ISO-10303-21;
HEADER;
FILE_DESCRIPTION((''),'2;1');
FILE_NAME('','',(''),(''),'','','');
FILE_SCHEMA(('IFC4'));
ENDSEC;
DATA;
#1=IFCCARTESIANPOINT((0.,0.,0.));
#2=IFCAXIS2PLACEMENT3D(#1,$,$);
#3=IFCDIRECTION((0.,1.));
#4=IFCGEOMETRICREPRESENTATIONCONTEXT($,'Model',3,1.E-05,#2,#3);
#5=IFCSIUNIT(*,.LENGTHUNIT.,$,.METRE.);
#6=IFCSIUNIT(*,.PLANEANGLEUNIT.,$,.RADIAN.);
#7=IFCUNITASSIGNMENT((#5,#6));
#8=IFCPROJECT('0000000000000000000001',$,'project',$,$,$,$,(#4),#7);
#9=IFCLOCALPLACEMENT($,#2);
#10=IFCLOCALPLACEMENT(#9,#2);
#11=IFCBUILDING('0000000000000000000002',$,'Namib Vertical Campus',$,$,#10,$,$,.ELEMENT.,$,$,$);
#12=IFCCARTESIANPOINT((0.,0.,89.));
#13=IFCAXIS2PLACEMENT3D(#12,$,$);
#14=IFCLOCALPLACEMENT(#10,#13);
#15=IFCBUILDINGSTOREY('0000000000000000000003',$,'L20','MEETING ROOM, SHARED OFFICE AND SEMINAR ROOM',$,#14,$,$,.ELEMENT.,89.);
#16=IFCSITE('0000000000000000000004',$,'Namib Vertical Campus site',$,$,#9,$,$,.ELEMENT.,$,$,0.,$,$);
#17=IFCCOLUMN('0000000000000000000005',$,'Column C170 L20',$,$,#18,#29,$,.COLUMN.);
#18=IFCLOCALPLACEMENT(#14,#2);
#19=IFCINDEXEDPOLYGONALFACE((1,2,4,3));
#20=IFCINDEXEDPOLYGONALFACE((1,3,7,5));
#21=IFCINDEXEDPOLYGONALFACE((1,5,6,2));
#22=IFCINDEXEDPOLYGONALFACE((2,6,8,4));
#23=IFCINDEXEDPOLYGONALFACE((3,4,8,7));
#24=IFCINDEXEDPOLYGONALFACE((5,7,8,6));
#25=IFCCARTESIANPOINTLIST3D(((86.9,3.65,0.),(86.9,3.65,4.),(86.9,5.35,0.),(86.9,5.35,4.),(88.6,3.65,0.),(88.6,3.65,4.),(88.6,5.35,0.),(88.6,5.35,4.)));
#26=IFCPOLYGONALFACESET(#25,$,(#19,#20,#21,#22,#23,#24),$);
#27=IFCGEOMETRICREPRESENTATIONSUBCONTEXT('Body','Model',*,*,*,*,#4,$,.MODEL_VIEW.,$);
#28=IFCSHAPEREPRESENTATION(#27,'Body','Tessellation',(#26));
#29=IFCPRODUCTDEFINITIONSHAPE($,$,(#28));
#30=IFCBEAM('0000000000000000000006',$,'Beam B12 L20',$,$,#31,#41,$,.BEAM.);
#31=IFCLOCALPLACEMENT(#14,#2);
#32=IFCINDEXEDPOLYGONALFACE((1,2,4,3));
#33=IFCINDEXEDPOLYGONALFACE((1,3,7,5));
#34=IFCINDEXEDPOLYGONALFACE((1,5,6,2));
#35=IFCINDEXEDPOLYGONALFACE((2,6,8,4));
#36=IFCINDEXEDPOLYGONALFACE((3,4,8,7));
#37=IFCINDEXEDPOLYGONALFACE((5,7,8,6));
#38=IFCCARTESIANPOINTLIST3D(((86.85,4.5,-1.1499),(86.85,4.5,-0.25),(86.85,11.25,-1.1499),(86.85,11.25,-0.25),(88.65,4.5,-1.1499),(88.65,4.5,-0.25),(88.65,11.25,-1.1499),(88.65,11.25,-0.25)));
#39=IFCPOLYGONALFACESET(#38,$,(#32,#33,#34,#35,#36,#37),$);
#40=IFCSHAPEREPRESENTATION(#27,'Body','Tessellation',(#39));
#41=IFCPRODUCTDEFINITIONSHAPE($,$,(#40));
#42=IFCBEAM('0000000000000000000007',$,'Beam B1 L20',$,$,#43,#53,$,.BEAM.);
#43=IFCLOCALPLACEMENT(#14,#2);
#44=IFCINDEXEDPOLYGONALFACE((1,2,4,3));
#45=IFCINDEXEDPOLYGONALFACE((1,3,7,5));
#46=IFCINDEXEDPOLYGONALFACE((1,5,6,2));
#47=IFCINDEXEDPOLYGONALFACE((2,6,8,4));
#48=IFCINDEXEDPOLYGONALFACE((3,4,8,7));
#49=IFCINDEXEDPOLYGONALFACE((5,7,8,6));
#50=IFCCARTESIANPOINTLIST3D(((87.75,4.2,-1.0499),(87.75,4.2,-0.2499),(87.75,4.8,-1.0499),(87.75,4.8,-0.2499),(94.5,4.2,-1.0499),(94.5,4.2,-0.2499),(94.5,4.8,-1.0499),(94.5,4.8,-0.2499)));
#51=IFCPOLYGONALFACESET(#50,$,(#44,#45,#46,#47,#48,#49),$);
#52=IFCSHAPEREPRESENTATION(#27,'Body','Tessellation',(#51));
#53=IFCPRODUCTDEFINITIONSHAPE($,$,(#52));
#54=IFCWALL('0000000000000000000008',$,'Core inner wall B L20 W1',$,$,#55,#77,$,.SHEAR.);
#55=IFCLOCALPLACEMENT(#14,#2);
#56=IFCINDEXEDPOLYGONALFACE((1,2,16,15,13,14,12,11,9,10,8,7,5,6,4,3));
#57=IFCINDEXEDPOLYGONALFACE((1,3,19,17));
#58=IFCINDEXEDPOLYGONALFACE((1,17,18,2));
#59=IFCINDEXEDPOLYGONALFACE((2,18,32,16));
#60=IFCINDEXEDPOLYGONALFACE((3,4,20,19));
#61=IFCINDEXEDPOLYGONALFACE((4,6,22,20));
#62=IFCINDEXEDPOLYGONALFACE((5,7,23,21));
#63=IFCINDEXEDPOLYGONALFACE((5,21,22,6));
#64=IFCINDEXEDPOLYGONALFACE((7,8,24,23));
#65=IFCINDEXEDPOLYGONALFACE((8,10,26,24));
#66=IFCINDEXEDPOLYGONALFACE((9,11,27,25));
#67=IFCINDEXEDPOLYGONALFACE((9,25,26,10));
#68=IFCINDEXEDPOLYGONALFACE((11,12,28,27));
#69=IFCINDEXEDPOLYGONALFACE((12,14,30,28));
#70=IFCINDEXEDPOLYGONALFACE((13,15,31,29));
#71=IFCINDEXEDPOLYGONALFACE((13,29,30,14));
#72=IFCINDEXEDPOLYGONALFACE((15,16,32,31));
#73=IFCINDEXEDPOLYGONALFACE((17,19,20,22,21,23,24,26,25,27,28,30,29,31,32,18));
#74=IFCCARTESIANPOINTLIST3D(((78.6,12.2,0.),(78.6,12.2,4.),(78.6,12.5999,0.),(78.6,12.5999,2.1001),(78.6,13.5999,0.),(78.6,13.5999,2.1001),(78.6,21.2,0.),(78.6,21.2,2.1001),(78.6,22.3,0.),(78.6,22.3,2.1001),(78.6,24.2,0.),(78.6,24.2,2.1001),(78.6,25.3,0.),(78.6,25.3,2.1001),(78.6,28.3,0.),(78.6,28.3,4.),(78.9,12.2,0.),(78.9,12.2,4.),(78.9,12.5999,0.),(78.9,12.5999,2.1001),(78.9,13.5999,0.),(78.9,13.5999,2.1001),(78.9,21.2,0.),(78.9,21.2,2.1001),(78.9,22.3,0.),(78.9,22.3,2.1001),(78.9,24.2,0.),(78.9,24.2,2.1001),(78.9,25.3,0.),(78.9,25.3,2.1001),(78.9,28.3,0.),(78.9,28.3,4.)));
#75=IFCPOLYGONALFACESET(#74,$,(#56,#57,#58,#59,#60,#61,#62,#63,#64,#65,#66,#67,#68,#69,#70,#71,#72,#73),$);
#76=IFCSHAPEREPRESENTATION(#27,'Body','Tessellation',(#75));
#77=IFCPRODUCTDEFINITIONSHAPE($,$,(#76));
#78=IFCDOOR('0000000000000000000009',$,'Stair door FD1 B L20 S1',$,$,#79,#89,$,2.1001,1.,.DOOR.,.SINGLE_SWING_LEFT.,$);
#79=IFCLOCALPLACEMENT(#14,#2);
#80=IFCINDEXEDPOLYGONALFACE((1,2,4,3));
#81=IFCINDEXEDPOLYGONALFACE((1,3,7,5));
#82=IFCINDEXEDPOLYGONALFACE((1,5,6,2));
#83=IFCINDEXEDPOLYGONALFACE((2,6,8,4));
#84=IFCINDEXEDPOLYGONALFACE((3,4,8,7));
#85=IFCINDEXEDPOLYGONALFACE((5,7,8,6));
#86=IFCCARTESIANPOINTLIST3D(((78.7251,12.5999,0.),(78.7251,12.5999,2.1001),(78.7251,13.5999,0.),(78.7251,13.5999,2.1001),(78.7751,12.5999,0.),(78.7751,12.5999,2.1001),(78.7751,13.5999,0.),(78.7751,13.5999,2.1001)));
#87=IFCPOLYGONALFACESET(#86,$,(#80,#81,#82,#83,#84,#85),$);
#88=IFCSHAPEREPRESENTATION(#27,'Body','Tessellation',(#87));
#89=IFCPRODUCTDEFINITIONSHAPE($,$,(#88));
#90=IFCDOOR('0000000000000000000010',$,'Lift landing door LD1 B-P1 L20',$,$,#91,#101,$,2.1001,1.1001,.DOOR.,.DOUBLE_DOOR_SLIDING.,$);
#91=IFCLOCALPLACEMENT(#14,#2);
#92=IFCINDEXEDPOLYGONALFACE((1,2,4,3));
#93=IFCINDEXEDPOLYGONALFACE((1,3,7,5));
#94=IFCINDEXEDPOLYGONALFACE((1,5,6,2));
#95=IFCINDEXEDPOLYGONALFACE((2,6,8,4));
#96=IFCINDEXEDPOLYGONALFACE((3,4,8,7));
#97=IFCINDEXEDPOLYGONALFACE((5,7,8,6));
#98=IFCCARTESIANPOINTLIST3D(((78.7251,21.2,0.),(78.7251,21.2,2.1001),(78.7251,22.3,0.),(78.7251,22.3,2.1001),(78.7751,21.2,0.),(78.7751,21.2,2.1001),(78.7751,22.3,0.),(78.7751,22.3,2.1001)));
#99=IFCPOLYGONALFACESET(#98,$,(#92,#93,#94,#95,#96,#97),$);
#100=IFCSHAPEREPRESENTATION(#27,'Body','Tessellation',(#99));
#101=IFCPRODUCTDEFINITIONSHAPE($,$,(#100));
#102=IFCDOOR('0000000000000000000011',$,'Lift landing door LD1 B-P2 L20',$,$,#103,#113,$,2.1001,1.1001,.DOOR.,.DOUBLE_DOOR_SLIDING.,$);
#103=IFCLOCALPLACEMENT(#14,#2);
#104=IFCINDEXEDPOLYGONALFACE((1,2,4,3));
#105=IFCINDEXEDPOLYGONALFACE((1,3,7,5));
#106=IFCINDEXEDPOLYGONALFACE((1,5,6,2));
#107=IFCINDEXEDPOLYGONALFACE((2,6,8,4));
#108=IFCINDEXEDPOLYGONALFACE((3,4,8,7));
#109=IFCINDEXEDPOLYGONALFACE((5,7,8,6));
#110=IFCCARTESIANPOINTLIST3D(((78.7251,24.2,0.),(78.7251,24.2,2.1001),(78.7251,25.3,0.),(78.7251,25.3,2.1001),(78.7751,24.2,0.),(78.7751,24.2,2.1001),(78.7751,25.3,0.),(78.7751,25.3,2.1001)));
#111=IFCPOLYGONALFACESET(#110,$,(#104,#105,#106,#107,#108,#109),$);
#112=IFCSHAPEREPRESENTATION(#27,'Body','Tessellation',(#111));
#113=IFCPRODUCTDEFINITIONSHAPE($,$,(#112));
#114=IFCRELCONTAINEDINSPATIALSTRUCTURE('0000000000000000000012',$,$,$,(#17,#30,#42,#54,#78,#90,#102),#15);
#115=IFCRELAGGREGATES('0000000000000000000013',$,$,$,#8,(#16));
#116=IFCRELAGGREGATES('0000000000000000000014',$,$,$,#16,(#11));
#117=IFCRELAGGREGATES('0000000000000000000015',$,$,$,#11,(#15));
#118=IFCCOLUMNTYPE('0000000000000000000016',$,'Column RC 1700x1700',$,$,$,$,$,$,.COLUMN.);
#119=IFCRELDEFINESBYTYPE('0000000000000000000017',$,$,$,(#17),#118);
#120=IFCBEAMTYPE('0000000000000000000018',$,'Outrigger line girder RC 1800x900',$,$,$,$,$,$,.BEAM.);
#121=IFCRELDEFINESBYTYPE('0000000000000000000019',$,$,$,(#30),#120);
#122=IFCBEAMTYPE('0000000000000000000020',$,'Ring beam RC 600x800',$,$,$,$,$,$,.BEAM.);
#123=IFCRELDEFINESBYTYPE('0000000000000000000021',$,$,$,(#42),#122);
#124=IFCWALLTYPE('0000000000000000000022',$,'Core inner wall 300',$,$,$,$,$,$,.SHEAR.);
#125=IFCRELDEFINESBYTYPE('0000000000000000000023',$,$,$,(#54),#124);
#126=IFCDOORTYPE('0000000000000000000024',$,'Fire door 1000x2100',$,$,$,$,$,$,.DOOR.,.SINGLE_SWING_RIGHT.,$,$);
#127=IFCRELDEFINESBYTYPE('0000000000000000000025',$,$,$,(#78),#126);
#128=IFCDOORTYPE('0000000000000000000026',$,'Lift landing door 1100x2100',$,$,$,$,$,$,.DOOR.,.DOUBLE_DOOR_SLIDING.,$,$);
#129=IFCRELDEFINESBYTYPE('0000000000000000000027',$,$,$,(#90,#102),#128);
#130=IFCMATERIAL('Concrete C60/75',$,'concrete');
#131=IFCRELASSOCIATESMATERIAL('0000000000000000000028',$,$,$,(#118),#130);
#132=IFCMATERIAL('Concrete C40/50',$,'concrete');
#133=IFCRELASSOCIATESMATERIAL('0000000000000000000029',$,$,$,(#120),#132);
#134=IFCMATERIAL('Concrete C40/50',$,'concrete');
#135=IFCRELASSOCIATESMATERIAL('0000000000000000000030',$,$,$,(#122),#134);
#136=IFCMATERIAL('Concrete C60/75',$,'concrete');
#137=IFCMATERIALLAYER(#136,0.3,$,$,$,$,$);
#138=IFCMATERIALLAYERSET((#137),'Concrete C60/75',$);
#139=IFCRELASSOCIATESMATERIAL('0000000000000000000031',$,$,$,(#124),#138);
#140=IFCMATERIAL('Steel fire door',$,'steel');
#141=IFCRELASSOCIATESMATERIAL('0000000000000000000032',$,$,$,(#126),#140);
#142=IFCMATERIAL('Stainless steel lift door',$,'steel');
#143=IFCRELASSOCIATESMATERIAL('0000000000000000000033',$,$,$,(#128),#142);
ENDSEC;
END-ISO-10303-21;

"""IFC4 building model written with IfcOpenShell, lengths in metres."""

from ifc_helpers import new_model, si_unit, direction, frame, frame_2d, origin, origin_2d, place, context, subcontext, project, spatial, rectangle, extrude, material, layer, layer_set, material_profile, profile_set, type_object, element, fill, save


model = new_model("IFC4")

# Units and contexts
model_context = context("Model", 3, precision=1e-05, world=origin(), true_north=direction((0.0, 1.0)))
body_context = subcontext(model_context, "Body", "Model", "MODEL_VIEW")
ifc_project = project(units=[si_unit("LENGTHUNIT", "METRE"), si_unit("PLANEANGLEUNIT", "RADIAN")], contexts=[model_context])

# Site, building, storey
site_placement = place(None, origin())
site = spatial("IfcSite", under=ifc_project, at=site_placement, Name="Namib Vertical Campus site", CompositionType="ELEMENT", RefElevation=0.0)
building_placement = place(site_placement, origin())
building = spatial("IfcBuilding", under=site, at=building_placement, Name="Namib Vertical Campus", CompositionType="ELEMENT")
storey_placement = place(building_placement, frame((0.0, 0.0, 89.0)))
storey = spatial("IfcBuildingStorey", under=building, at=storey_placement, Name="L20", Description="MEETING ROOM, SHARED OFFICE AND SEMINAR ROOM", CompositionType="ELEMENT", Elevation=89.0)

# Column
ifc_material_1 = material(Name="Concrete C60/75", Category="concrete")
ifc_material_profile_1 = material_profile(ifc_material_1, rectangle(XDim=1.7, YDim=1.7, at=origin_2d()))
ifc_profile_set_1 = profile_set([ifc_material_profile_1], Name="Concrete C60/75")
column_type = type_object("IfcColumnType", Name="Column RC 1700x1700", PredefinedType="COLUMN", material=ifc_profile_set_1)
column_placement = place(storey_placement, frame((87.75, 4.5, 0.0), z_axis=(0.0, 0.0, 1.0), x_axis=(1.0, 0.0, 0.0)))
element("IfcColumn", 1, at=column_placement, inside=storey, type_object=column_type, Name="Column C170 L20", PredefinedType="COLUMN", context=body_context, shape_type="SweptSolid", body=[
    extrude(rectangle(XDim=1.7, YDim=1.7, at=origin_2d()), origin(), (0.0, 0.0, 1.0), 4.0),
])

# Beams
ifc_material_2 = material(Name="Concrete C40/50", Category="concrete")
ifc_material_profile_2 = material_profile(ifc_material_2, rectangle(XDim=1.8, YDim=0.8999, at=origin_2d()))
ifc_profile_set_2 = profile_set([ifc_material_profile_2], Name="Concrete C40/50")
beam_type_1 = type_object("IfcBeamType", Name="Outrigger line girder RC 1800x900", PredefinedType="BEAM", material=ifc_profile_set_2)
beam_1_placement = place(storey_placement, frame((87.75, 4.5, -0.7), z_axis=(0.0, 1.0, 0.0), x_axis=(-1.0, 0.0, 0.0)))
element("IfcBeam", 2, at=beam_1_placement, inside=storey, type_object=beam_type_1, Name="Beam B12 L20", PredefinedType="BEAM", context=body_context, shape_type="SweptSolid", body=[
    extrude(rectangle(XDim=1.8, YDim=0.8999, at=origin_2d()), origin(), (0.0, 0.0, 1.0), 6.75),
])
ifc_material_3 = material(Name="Concrete C40/50", Category="concrete")
ifc_material_profile_3 = material_profile(ifc_material_3, rectangle(XDim=0.6001, YDim=0.8, at=origin_2d()))
ifc_profile_set_3 = profile_set([ifc_material_profile_3], Name="Concrete C40/50")
beam_type_2 = type_object("IfcBeamType", Name="Ring beam RC 600x800", PredefinedType="BEAM", material=ifc_profile_set_3)
beam_2_placement = place(storey_placement, frame((87.75, 4.5, -0.6499), z_axis=(1.0, 0.0, 0.0), x_axis=(0.0, 1.0, 0.0)))
element("IfcBeam", 3, at=beam_2_placement, inside=storey, type_object=beam_type_2, Name="Beam B1 L20", PredefinedType="BEAM", context=body_context, shape_type="SweptSolid", body=[
    extrude(rectangle(XDim=0.6001, YDim=0.8, at=origin_2d()), origin(), (0.0, 0.0, 1.0), 6.75),
])

# Wall, openings, doors
ifc_material_4 = material(Name="Concrete C60/75", Category="concrete")
ifc_layer_1 = layer(ifc_material_4, 0.3)
ifc_layer_set_1 = layer_set([ifc_layer_1], Name="Concrete C60/75")
wall_type_1 = type_object("IfcWallType", Name="Core inner wall 300", PredefinedType="SHEAR", material=ifc_layer_set_1)
wall_1_placement = place(storey_placement, frame((78.75, 12.2, 0.0), z_axis=(0.0, 0.0, 1.0), x_axis=(0.0, 1.0, 0.0)))
wall_1 = element("IfcWall", 4, at=wall_1_placement, inside=storey, type_object=wall_type_1, Name="Core inner wall B L20 W1", PredefinedType="SHEAR", context=body_context, shape_type="SweptSolid", body=[
    extrude(rectangle(XDim=16.1001, YDim=0.3, at=frame_2d((8.05, 0.0))), origin(), (0.0, 0.0, 1.0), 4.0),
])
opening_1_placement = place(wall_1_placement, frame((0.3999, 0.0, 0.0)))
opening_1 = element("IfcOpeningElement", 5, at=opening_1_placement, cuts=wall_1, PredefinedType="OPENING", context=body_context, shape_type="SweptSolid", body=[
    extrude(rectangle(XDim=1.0, YDim=2.1001, at=frame_2d((0.5, 1.05))), frame((0.0, 0.1599, 0.0), z_axis=(0.0, -1.0, 0.0), x_axis=(1.0, 0.0, 0.0)), (0.0, 0.0, 1.0), 0.3201),
])
opening_2_placement = place(wall_1_placement, frame((9.0, 0.0, 0.0)))
opening_2 = element("IfcOpeningElement", 6, at=opening_2_placement, cuts=wall_1, PredefinedType="OPENING", context=body_context, shape_type="SweptSolid", body=[
    extrude(rectangle(XDim=1.1001, YDim=2.1001, at=frame_2d((0.55, 1.05))), frame((0.0, 0.1599, 0.0), z_axis=(0.0, -1.0, 0.0), x_axis=(1.0, 0.0, 0.0)), (0.0, 0.0, 1.0), 0.3201),
])
opening_3_placement = place(wall_1_placement, frame((12.0, 0.0, 0.0)))
opening_3 = element("IfcOpeningElement", 7, at=opening_3_placement, cuts=wall_1, PredefinedType="OPENING", context=body_context, shape_type="SweptSolid", body=[
    extrude(rectangle(XDim=1.1001, YDim=2.1001, at=frame_2d((0.55, 1.05))), frame((0.0, 0.1599, 0.0), z_axis=(0.0, -1.0, 0.0), x_axis=(1.0, 0.0, 0.0)), (0.0, 0.0, 1.0), 0.3201),
])
ifc_material_5 = material(Name="Steel fire door", Category="steel")
door_type_1 = type_object("IfcDoorType", Name="Fire door 1000x2100", OperationType="SINGLE_SWING_RIGHT", PredefinedType="DOOR", material=ifc_material_5)
door_1_placement = place(opening_1_placement, origin())
door_1 = element("IfcDoor", 8, at=door_1_placement, inside=storey, type_object=door_type_1, Name="Stair door FD1 B L20 S1", OperationType="SINGLE_SWING_LEFT", OverallHeight=2.1001, OverallWidth=1.0, PredefinedType="DOOR", context=body_context, shape_type="SweptSolid", body=[
    extrude(rectangle(XDim=1.0, YDim=2.1001, at=frame_2d((0.5, 1.05))), frame((0.0, 0.0249, 0.0), z_axis=(0.0, -1.0, 0.0), x_axis=(1.0, 0.0, 0.0)), (0.0, 0.0, 1.0), 0.05),
])
fill(opening_1, door_1)
ifc_material_6 = material(Name="Stainless steel lift door", Category="steel")
door_type_2 = type_object("IfcDoorType", Name="Lift landing door 1100x2100", OperationType="DOUBLE_DOOR_SLIDING", PredefinedType="DOOR", material=ifc_material_6)
door_2_placement = place(opening_2_placement, origin())
door_2 = element("IfcDoor", 9, at=door_2_placement, inside=storey, type_object=door_type_2, Name="Lift landing door LD1 B-P1 L20", OperationType="DOUBLE_DOOR_SLIDING", OverallHeight=2.1001, OverallWidth=1.1001, PredefinedType="DOOR", context=body_context, shape_type="SweptSolid", body=[
    extrude(rectangle(XDim=1.1001, YDim=2.1001, at=frame_2d((0.55, 1.05))), frame((0.0, 0.0249, 0.0), z_axis=(0.0, -1.0, 0.0), x_axis=(1.0, 0.0, 0.0)), (0.0, 0.0, 1.0), 0.05),
])
fill(opening_2, door_2)
door_3_placement = place(opening_3_placement, origin())
door_3 = element("IfcDoor", 10, at=door_3_placement, inside=storey, type_object=door_type_2, Name="Lift landing door LD1 B-P2 L20", OperationType="DOUBLE_DOOR_SLIDING", OverallHeight=2.1001, OverallWidth=1.1001, PredefinedType="DOOR", context=body_context, shape_type="SweptSolid", body=[
    extrude(rectangle(XDim=1.1001, YDim=2.1001, at=frame_2d((0.55, 1.05))), frame((0.0, 0.0249, 0.0), z_axis=(0.0, -1.0, 0.0), x_axis=(1.0, 0.0, 0.0)), (0.0, 0.0, 1.0), 0.05),
])
fill(opening_3, door_3)

save(model, "model.ifc")
